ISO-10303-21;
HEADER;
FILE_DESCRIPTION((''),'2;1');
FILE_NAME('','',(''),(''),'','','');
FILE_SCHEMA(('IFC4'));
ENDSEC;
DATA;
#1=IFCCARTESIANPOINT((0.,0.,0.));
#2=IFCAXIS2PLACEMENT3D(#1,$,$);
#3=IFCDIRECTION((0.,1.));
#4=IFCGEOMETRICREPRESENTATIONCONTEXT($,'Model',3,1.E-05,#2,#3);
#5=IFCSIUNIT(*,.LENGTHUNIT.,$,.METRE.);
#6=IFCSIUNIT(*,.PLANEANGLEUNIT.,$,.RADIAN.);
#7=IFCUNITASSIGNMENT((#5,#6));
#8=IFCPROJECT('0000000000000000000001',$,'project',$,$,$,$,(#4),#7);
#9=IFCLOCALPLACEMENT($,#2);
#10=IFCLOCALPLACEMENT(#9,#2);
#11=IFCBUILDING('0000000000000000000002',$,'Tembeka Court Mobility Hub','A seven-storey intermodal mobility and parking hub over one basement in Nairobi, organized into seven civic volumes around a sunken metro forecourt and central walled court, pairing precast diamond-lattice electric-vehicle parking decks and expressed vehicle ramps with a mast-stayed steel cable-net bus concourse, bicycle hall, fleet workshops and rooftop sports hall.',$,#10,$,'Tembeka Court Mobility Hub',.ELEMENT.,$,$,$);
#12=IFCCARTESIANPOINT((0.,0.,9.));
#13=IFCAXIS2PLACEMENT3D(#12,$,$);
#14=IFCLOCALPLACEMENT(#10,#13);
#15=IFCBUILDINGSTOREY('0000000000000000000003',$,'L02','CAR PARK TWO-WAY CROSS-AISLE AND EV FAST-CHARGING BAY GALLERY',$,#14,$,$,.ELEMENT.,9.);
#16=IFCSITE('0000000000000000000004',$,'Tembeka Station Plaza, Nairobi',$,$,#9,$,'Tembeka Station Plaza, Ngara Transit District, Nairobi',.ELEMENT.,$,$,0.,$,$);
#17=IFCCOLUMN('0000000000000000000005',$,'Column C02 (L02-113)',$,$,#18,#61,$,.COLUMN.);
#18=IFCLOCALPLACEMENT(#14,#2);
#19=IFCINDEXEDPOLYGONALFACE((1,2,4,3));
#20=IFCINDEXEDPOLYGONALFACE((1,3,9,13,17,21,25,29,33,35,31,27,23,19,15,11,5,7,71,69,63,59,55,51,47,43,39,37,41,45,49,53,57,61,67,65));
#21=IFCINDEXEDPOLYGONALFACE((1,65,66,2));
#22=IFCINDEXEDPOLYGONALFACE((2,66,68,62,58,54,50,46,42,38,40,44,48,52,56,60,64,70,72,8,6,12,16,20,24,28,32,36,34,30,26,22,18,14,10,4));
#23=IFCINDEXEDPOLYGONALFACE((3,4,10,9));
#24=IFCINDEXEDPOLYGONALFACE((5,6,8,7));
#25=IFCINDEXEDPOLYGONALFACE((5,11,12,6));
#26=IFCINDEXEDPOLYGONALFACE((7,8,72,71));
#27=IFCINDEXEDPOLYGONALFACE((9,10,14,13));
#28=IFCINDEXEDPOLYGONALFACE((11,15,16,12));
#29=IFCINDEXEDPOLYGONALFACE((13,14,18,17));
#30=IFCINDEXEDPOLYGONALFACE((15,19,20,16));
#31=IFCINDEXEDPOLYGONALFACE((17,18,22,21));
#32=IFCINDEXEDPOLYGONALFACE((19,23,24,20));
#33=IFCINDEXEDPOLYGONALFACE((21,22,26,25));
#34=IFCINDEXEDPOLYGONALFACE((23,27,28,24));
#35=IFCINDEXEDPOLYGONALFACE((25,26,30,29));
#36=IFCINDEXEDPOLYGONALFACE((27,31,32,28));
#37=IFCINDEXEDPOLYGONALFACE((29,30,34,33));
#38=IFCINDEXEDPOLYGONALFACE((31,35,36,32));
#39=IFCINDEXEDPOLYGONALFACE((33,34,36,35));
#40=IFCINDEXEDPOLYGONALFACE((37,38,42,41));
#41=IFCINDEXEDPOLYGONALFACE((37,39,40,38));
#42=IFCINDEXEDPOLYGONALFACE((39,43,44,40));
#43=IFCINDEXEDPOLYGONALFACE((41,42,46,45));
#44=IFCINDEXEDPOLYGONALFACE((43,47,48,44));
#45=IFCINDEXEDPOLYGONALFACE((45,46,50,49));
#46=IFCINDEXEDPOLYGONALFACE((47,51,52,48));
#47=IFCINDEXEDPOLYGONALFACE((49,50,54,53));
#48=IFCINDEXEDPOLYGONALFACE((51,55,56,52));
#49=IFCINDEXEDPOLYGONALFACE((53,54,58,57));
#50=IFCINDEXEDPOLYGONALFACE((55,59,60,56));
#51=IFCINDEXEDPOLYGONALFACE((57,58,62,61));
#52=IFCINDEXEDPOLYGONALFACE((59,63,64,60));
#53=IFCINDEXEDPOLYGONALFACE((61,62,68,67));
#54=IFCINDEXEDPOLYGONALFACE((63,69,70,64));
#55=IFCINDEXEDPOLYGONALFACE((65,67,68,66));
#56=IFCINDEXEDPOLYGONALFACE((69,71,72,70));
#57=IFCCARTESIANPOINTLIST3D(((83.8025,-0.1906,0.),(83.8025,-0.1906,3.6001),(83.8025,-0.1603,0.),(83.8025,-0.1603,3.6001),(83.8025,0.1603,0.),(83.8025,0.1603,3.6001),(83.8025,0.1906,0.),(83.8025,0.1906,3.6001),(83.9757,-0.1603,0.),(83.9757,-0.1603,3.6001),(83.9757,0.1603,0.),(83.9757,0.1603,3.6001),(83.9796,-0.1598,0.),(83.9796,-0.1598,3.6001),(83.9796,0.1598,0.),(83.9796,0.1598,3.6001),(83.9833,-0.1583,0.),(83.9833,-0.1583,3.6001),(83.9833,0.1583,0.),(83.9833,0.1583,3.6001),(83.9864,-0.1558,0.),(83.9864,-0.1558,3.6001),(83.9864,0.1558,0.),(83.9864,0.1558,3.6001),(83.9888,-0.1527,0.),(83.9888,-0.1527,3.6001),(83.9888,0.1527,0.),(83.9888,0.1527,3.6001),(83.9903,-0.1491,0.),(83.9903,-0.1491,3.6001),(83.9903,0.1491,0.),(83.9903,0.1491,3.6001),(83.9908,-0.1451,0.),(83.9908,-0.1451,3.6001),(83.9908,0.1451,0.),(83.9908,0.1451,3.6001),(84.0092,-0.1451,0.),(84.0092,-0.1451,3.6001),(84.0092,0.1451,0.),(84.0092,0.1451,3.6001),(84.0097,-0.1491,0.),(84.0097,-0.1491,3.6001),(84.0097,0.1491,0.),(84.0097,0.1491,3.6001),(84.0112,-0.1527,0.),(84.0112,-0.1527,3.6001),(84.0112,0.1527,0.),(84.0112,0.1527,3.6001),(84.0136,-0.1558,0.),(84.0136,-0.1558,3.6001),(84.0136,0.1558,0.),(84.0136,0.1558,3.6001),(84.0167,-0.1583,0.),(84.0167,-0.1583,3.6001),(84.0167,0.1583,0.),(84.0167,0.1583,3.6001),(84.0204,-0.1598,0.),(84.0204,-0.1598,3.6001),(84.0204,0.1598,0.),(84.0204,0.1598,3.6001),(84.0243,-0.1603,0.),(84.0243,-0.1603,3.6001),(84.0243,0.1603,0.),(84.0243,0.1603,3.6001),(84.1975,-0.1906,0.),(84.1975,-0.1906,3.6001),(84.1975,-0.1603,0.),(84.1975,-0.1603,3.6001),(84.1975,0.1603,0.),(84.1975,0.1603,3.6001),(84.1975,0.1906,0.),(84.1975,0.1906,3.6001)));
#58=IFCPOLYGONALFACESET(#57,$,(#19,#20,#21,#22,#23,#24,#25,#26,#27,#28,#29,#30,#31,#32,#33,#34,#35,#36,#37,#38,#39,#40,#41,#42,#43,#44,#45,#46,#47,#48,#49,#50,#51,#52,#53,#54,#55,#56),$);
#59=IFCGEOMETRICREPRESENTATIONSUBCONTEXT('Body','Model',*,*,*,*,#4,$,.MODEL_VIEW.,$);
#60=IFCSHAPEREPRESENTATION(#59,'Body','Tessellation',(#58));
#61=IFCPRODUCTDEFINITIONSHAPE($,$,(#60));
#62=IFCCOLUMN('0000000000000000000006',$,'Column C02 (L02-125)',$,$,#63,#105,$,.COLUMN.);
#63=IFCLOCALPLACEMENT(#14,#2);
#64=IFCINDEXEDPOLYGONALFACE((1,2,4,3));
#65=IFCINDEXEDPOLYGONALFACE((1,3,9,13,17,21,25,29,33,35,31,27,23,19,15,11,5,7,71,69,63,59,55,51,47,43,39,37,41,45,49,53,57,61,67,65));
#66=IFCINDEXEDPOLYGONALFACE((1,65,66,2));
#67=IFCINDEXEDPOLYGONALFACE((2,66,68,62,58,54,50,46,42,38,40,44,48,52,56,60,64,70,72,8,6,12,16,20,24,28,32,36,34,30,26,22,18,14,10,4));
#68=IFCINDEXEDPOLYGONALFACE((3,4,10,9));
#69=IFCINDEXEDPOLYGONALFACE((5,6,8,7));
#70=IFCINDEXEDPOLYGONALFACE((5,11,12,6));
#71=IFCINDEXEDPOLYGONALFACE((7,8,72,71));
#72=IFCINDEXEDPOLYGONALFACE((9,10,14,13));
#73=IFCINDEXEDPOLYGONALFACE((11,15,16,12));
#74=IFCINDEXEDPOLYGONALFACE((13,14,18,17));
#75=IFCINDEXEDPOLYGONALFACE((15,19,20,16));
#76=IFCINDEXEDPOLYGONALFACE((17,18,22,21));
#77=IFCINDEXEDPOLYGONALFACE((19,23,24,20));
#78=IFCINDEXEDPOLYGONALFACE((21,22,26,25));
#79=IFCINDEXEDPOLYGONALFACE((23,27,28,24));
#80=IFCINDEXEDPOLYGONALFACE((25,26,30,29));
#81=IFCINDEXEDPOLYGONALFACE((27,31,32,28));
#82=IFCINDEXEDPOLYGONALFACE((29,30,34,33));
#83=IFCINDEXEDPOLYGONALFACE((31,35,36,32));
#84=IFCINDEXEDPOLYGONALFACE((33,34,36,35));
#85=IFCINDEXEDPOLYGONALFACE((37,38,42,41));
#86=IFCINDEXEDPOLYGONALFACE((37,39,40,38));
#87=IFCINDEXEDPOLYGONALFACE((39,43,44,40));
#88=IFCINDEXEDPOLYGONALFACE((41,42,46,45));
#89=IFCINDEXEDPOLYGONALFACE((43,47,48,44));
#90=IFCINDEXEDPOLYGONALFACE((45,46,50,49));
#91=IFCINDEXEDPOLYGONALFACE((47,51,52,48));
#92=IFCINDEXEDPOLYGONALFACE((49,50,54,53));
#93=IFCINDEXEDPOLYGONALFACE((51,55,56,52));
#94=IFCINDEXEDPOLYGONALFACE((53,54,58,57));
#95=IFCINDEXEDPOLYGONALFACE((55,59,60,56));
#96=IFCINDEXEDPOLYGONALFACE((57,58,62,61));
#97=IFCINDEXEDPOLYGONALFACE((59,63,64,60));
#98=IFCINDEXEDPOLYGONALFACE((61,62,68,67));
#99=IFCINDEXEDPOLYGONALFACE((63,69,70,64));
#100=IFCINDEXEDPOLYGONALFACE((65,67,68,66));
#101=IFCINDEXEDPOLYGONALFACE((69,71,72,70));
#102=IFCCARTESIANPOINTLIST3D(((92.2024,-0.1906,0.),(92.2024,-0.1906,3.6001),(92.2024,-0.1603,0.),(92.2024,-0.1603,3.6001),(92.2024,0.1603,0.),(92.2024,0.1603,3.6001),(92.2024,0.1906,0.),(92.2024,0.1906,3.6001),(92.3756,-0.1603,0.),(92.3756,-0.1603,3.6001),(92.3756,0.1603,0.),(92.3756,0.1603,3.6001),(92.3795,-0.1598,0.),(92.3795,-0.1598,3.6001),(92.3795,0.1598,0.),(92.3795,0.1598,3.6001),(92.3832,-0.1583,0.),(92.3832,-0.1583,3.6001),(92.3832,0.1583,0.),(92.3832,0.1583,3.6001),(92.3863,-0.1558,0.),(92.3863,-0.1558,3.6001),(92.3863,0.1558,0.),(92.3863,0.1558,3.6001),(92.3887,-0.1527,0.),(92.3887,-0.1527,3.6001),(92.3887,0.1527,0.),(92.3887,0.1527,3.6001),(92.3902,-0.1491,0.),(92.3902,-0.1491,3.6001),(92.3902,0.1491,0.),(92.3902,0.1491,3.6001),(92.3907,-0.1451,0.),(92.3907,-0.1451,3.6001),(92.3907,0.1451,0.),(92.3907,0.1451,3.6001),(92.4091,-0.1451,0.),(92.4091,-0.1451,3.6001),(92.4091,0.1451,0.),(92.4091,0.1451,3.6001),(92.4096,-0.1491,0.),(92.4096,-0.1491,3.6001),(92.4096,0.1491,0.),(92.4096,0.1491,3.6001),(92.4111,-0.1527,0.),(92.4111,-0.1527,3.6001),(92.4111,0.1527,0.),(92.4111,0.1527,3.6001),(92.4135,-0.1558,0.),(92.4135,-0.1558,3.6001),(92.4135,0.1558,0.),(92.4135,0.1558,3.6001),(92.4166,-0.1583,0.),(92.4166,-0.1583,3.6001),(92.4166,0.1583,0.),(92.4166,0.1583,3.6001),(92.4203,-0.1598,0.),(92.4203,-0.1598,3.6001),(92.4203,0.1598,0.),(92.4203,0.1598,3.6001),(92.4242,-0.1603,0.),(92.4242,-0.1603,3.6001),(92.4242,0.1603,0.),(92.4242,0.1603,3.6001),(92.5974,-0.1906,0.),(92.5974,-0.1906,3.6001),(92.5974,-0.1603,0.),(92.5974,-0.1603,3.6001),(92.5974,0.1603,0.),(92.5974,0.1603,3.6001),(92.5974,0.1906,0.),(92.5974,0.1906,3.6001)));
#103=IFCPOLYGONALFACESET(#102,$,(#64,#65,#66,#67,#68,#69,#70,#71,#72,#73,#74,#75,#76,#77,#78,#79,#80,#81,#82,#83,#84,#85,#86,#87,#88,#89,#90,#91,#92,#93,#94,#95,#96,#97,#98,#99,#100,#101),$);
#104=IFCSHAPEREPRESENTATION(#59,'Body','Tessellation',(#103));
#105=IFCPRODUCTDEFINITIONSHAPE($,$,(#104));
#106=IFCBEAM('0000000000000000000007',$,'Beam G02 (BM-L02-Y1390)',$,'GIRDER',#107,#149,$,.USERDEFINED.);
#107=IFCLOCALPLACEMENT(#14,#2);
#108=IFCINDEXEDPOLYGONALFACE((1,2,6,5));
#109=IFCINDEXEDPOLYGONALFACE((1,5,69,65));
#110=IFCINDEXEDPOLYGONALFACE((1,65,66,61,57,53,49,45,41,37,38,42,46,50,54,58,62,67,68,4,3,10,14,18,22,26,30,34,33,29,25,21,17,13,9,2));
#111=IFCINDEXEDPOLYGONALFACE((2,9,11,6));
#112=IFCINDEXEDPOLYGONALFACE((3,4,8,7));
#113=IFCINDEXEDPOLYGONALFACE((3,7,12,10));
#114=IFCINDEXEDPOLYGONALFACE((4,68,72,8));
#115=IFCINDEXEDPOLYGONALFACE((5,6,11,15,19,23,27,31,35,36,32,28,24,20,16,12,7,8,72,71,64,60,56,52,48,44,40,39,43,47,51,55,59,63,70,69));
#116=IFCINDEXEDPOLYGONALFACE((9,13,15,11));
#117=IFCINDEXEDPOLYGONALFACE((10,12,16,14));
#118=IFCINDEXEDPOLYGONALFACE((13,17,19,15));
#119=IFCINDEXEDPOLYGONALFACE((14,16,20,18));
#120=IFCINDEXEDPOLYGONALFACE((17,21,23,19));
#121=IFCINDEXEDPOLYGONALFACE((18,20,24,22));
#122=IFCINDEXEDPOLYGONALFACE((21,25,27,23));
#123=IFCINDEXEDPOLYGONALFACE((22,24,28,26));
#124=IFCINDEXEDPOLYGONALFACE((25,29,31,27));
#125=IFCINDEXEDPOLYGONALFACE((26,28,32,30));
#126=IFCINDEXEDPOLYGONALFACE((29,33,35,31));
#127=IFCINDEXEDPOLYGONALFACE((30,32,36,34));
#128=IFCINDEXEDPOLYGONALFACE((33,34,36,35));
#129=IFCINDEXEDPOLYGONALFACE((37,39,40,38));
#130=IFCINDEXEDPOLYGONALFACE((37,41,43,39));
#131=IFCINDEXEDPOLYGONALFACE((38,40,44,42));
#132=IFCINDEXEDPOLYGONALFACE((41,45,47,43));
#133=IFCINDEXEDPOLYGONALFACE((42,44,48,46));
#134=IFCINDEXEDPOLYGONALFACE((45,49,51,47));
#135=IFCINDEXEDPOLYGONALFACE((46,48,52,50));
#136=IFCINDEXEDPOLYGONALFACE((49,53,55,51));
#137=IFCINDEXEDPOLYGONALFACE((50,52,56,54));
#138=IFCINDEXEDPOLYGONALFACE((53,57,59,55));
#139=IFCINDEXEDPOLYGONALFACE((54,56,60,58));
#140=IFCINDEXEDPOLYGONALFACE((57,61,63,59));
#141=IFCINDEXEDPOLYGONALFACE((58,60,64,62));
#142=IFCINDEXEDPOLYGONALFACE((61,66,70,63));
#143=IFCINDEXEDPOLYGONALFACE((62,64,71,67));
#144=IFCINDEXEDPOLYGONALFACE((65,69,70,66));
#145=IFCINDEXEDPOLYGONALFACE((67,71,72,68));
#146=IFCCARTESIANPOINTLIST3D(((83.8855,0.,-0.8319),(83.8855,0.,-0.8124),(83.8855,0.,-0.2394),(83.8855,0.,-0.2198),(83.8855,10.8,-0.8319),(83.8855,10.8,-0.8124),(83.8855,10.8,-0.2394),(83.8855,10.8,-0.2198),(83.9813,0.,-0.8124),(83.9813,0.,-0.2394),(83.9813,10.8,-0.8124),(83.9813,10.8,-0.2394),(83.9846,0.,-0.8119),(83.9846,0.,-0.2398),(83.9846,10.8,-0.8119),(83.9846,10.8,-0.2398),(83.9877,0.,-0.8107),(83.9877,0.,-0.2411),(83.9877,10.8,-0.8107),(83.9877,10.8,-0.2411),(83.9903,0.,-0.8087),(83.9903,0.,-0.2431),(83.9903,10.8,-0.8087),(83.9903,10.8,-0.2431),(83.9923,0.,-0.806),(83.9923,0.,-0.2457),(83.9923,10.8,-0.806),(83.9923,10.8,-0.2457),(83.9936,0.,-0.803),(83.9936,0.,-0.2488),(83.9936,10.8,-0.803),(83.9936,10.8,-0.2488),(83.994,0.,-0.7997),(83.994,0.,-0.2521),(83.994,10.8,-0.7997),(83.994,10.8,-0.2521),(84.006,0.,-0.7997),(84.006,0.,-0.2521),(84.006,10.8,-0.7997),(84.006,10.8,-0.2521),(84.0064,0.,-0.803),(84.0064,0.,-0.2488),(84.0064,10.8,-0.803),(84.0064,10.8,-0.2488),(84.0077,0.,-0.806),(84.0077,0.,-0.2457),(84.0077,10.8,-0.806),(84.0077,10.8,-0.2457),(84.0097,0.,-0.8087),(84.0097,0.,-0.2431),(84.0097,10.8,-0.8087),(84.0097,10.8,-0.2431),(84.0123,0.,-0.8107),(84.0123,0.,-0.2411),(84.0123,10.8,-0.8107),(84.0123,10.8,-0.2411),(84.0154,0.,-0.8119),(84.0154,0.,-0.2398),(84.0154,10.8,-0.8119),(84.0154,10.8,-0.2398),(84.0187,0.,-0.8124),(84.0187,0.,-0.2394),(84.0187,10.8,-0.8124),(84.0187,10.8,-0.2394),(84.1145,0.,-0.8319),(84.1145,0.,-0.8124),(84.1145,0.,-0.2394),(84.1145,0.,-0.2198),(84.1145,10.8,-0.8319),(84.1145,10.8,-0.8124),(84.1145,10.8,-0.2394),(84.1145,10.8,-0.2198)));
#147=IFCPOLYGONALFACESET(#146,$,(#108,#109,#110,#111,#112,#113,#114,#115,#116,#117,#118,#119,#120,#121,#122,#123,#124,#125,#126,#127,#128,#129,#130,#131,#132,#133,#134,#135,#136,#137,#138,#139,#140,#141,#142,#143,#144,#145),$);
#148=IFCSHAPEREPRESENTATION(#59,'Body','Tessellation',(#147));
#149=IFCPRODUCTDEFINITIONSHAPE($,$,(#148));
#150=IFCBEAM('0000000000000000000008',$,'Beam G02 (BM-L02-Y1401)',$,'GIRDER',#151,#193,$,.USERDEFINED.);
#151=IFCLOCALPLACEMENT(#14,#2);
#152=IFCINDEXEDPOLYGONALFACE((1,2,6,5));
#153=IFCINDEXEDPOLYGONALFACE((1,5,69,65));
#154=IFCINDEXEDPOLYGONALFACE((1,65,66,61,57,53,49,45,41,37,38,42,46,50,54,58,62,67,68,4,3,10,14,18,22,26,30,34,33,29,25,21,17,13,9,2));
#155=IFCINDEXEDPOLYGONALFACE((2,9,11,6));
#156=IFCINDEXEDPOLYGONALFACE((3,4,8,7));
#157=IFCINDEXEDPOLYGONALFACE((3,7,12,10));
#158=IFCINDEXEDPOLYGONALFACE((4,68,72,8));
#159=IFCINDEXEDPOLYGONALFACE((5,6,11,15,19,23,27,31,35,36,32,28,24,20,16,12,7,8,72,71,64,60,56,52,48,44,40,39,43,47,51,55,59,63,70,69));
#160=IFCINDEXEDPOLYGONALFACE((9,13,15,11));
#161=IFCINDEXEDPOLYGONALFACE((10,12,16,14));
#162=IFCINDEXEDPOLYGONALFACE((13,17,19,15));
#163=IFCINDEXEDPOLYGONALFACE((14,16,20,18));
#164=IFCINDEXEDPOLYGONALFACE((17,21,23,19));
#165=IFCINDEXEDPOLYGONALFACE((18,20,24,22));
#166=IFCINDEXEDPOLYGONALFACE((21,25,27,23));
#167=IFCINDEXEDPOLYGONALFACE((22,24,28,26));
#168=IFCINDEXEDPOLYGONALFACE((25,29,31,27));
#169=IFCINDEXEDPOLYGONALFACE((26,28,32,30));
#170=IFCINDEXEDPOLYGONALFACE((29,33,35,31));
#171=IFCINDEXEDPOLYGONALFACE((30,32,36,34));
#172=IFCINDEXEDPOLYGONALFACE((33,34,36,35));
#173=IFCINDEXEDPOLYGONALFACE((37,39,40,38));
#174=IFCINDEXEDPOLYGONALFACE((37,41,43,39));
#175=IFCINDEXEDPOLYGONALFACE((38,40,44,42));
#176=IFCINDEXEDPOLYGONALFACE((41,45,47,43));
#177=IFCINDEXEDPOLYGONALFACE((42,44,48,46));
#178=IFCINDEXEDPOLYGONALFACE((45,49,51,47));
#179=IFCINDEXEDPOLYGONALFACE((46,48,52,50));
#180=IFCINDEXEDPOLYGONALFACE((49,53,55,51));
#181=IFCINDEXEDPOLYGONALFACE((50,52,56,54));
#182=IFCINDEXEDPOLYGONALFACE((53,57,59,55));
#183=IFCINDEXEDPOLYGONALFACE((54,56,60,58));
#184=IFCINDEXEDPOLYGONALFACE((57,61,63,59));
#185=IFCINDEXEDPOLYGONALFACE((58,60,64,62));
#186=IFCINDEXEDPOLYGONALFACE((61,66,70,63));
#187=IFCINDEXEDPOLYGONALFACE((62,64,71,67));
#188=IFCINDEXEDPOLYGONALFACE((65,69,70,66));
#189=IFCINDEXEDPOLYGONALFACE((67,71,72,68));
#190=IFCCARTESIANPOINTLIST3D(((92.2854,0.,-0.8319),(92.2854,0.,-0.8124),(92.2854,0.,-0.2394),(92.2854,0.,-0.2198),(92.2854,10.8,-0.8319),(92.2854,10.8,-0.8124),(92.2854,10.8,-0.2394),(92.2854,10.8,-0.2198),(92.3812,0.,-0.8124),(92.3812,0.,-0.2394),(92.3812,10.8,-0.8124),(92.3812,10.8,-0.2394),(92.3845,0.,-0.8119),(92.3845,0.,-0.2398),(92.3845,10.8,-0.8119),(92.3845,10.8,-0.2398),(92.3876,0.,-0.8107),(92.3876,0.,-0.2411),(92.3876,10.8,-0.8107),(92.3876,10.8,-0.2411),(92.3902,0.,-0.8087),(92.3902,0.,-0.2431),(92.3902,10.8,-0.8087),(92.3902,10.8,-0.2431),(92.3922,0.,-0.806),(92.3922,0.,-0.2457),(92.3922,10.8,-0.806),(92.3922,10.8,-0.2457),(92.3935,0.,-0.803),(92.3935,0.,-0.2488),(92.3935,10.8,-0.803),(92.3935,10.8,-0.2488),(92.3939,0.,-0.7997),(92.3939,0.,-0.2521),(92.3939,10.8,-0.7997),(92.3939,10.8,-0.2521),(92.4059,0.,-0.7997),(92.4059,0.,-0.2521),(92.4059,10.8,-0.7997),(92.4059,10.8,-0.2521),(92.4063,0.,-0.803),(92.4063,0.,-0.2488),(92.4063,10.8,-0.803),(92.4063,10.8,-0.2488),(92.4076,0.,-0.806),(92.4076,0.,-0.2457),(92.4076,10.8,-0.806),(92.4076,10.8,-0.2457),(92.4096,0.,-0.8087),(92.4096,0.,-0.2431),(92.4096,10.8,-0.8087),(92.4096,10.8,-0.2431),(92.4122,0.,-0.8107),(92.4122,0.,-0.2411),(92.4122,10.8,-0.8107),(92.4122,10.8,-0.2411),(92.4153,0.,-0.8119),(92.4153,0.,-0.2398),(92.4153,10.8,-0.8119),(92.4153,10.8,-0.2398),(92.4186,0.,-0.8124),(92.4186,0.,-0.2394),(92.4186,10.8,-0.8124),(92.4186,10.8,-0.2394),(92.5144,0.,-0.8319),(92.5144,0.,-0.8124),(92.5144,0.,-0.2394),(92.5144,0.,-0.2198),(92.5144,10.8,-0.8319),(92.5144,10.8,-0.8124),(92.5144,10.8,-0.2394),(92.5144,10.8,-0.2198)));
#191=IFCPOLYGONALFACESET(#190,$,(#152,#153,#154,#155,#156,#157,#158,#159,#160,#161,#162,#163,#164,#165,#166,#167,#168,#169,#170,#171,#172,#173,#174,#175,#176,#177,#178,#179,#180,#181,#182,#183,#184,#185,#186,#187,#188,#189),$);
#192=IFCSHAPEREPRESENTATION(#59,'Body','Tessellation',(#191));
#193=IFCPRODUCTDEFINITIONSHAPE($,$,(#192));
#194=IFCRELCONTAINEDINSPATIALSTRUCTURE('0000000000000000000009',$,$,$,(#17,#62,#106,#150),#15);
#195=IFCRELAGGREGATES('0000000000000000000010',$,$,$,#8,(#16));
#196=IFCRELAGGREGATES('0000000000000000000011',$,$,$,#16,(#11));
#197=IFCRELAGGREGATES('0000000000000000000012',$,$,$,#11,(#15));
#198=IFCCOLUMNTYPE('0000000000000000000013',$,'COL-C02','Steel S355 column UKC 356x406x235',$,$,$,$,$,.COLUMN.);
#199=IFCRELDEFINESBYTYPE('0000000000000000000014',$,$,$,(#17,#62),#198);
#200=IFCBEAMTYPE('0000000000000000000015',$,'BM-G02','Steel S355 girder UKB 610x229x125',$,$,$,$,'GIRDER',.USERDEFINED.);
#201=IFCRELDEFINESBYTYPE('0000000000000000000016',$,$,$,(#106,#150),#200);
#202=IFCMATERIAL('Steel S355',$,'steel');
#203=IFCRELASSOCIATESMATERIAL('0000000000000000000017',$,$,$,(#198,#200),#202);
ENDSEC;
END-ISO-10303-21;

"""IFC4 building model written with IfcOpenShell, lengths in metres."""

from ifc_helpers import new_model, si_unit, direction, frame, origin, origin_2d, place, context, subcontext, project, spatial, i_section, extrude, material, material_profile, profile_set, type_object, element, save


model = new_model("IFC4")

# Units and contexts
model_context = context("Model", 3, precision=1e-05, world=origin(), true_north=direction((0.0, 1.0)))
body_context = subcontext(model_context, "Body", "Model", "MODEL_VIEW")
ifc_project = project(units=[si_unit("LENGTHUNIT", "METRE"), si_unit("PLANEANGLEUNIT", "RADIAN")], contexts=[model_context])

# Site, building, storey
site_placement = place(None, origin())
site = spatial("IfcSite", under=ifc_project, at=site_placement, Name="Tembeka Station Plaza, Nairobi", LongName="Tembeka Station Plaza, Ngara Transit District, Nairobi", CompositionType="ELEMENT", RefElevation=0.0)
building_placement = place(site_placement, origin())
building = spatial("IfcBuilding", under=site, at=building_placement, Name="Tembeka Court Mobility Hub", Description="A seven-storey intermodal mobility and parking hub over one basement in Nairobi, organized into seven civic volumes around a sunken metro forecourt and central walled court, pairing precast diamond-lattice electric-vehicle parking decks and expressed vehicle ramps with a mast-stayed steel cable-net bus concourse, bicycle hall, fleet workshops and rooftop sports hall.", LongName="Tembeka Court Mobility Hub", CompositionType="ELEMENT")
storey_placement = place(building_placement, frame((0.0, 0.0, 9.0)))
storey = spatial("IfcBuildingStorey", under=building, at=storey_placement, Name="L02", Description="CAR PARK TWO-WAY CROSS-AISLE AND EV FAST-CHARGING BAY GALLERY", CompositionType="ELEMENT", Elevation=9.0)

# Columns
ifc_material_1 = material(Name="Steel S355", Category="steel")
ifc_material_profile_1 = material_profile(ifc_material_1, i_section(OverallWidth=0.395, OverallDepth=0.3811, WebThickness=0.0183, FlangeThickness=0.0303, FilletRadius=0.0151, at=origin_2d()), Name="UKC 356x406x235")
ifc_profile_set_1 = profile_set([ifc_material_profile_1], Name="Steel S355")
column_type = type_object("IfcColumnType", Name="COL-C02", Description="Steel S355 column UKC 356x406x235", PredefinedType="COLUMN", material=ifc_profile_set_1)
for number, where, z_axis, x_axis, name in (
    (1, (84.0, 0.0, 0.0), (0.0, 0.0, 1.0), (1.0, 0.0, 0.0), "Column C02 (L02-113)"),
    (2, (92.3999, 0.0, 0.0), (0.0, 0.0, 1.0), (1.0, 0.0, 0.0), "Column C02 (L02-125)"),
):
    element("IfcColumn", number, at=place(storey_placement, frame(where, z_axis=z_axis, x_axis=x_axis)), inside=storey, type_object=column_type, Name=name, PredefinedType="COLUMN", context=body_context, shape_type="SweptSolid", body=[
        extrude(i_section(OverallWidth=0.395, OverallDepth=0.3811, WebThickness=0.0183, FlangeThickness=0.0303, FilletRadius=0.0151, at=origin_2d()), origin(), (0.0, 0.0, 1.0), 3.6001),
    ])

# Beams
ifc_material_profile_2 = material_profile(ifc_material_1, i_section(OverallWidth=0.229, OverallDepth=0.6121, WebThickness=0.012, FlangeThickness=0.0195, FilletRadius=0.0127, at=origin_2d()), Name="UKB 610x229x125")
ifc_profile_set_2 = profile_set([ifc_material_profile_2], Name="Steel S355")
beam_type_1 = type_object("IfcBeamType", Name="BM-G02", Description="Steel S355 girder UKB 610x229x125", ElementType="GIRDER", PredefinedType="USERDEFINED", material=ifc_profile_set_2)
for number, where, z_axis, x_axis, name in (
    (3, (84.0, 0.0, -0.5259), (0.0, 1.0, 0.0), (-1.0, 0.0, 0.0), "Beam G02 (BM-L02-Y1390)"),
    (4, (92.3999, 0.0, -0.5259), (0.0, 1.0, 0.0), (-1.0, 0.0, 0.0), "Beam G02 (BM-L02-Y1401)"),
):
    element("IfcBeam", number, at=place(storey_placement, frame(where, z_axis=z_axis, x_axis=x_axis)), inside=storey, type_object=beam_type_1, Name=name, ObjectType="GIRDER", PredefinedType="USERDEFINED", context=body_context, shape_type="SweptSolid", body=[
        extrude(i_section(OverallWidth=0.229, OverallDepth=0.6121, WebThickness=0.012, FlangeThickness=0.0195, FilletRadius=0.0127, at=origin_2d()), origin(), (0.0, 0.0, 1.0), 10.8),
    ])

save(model, "model.ifc")
